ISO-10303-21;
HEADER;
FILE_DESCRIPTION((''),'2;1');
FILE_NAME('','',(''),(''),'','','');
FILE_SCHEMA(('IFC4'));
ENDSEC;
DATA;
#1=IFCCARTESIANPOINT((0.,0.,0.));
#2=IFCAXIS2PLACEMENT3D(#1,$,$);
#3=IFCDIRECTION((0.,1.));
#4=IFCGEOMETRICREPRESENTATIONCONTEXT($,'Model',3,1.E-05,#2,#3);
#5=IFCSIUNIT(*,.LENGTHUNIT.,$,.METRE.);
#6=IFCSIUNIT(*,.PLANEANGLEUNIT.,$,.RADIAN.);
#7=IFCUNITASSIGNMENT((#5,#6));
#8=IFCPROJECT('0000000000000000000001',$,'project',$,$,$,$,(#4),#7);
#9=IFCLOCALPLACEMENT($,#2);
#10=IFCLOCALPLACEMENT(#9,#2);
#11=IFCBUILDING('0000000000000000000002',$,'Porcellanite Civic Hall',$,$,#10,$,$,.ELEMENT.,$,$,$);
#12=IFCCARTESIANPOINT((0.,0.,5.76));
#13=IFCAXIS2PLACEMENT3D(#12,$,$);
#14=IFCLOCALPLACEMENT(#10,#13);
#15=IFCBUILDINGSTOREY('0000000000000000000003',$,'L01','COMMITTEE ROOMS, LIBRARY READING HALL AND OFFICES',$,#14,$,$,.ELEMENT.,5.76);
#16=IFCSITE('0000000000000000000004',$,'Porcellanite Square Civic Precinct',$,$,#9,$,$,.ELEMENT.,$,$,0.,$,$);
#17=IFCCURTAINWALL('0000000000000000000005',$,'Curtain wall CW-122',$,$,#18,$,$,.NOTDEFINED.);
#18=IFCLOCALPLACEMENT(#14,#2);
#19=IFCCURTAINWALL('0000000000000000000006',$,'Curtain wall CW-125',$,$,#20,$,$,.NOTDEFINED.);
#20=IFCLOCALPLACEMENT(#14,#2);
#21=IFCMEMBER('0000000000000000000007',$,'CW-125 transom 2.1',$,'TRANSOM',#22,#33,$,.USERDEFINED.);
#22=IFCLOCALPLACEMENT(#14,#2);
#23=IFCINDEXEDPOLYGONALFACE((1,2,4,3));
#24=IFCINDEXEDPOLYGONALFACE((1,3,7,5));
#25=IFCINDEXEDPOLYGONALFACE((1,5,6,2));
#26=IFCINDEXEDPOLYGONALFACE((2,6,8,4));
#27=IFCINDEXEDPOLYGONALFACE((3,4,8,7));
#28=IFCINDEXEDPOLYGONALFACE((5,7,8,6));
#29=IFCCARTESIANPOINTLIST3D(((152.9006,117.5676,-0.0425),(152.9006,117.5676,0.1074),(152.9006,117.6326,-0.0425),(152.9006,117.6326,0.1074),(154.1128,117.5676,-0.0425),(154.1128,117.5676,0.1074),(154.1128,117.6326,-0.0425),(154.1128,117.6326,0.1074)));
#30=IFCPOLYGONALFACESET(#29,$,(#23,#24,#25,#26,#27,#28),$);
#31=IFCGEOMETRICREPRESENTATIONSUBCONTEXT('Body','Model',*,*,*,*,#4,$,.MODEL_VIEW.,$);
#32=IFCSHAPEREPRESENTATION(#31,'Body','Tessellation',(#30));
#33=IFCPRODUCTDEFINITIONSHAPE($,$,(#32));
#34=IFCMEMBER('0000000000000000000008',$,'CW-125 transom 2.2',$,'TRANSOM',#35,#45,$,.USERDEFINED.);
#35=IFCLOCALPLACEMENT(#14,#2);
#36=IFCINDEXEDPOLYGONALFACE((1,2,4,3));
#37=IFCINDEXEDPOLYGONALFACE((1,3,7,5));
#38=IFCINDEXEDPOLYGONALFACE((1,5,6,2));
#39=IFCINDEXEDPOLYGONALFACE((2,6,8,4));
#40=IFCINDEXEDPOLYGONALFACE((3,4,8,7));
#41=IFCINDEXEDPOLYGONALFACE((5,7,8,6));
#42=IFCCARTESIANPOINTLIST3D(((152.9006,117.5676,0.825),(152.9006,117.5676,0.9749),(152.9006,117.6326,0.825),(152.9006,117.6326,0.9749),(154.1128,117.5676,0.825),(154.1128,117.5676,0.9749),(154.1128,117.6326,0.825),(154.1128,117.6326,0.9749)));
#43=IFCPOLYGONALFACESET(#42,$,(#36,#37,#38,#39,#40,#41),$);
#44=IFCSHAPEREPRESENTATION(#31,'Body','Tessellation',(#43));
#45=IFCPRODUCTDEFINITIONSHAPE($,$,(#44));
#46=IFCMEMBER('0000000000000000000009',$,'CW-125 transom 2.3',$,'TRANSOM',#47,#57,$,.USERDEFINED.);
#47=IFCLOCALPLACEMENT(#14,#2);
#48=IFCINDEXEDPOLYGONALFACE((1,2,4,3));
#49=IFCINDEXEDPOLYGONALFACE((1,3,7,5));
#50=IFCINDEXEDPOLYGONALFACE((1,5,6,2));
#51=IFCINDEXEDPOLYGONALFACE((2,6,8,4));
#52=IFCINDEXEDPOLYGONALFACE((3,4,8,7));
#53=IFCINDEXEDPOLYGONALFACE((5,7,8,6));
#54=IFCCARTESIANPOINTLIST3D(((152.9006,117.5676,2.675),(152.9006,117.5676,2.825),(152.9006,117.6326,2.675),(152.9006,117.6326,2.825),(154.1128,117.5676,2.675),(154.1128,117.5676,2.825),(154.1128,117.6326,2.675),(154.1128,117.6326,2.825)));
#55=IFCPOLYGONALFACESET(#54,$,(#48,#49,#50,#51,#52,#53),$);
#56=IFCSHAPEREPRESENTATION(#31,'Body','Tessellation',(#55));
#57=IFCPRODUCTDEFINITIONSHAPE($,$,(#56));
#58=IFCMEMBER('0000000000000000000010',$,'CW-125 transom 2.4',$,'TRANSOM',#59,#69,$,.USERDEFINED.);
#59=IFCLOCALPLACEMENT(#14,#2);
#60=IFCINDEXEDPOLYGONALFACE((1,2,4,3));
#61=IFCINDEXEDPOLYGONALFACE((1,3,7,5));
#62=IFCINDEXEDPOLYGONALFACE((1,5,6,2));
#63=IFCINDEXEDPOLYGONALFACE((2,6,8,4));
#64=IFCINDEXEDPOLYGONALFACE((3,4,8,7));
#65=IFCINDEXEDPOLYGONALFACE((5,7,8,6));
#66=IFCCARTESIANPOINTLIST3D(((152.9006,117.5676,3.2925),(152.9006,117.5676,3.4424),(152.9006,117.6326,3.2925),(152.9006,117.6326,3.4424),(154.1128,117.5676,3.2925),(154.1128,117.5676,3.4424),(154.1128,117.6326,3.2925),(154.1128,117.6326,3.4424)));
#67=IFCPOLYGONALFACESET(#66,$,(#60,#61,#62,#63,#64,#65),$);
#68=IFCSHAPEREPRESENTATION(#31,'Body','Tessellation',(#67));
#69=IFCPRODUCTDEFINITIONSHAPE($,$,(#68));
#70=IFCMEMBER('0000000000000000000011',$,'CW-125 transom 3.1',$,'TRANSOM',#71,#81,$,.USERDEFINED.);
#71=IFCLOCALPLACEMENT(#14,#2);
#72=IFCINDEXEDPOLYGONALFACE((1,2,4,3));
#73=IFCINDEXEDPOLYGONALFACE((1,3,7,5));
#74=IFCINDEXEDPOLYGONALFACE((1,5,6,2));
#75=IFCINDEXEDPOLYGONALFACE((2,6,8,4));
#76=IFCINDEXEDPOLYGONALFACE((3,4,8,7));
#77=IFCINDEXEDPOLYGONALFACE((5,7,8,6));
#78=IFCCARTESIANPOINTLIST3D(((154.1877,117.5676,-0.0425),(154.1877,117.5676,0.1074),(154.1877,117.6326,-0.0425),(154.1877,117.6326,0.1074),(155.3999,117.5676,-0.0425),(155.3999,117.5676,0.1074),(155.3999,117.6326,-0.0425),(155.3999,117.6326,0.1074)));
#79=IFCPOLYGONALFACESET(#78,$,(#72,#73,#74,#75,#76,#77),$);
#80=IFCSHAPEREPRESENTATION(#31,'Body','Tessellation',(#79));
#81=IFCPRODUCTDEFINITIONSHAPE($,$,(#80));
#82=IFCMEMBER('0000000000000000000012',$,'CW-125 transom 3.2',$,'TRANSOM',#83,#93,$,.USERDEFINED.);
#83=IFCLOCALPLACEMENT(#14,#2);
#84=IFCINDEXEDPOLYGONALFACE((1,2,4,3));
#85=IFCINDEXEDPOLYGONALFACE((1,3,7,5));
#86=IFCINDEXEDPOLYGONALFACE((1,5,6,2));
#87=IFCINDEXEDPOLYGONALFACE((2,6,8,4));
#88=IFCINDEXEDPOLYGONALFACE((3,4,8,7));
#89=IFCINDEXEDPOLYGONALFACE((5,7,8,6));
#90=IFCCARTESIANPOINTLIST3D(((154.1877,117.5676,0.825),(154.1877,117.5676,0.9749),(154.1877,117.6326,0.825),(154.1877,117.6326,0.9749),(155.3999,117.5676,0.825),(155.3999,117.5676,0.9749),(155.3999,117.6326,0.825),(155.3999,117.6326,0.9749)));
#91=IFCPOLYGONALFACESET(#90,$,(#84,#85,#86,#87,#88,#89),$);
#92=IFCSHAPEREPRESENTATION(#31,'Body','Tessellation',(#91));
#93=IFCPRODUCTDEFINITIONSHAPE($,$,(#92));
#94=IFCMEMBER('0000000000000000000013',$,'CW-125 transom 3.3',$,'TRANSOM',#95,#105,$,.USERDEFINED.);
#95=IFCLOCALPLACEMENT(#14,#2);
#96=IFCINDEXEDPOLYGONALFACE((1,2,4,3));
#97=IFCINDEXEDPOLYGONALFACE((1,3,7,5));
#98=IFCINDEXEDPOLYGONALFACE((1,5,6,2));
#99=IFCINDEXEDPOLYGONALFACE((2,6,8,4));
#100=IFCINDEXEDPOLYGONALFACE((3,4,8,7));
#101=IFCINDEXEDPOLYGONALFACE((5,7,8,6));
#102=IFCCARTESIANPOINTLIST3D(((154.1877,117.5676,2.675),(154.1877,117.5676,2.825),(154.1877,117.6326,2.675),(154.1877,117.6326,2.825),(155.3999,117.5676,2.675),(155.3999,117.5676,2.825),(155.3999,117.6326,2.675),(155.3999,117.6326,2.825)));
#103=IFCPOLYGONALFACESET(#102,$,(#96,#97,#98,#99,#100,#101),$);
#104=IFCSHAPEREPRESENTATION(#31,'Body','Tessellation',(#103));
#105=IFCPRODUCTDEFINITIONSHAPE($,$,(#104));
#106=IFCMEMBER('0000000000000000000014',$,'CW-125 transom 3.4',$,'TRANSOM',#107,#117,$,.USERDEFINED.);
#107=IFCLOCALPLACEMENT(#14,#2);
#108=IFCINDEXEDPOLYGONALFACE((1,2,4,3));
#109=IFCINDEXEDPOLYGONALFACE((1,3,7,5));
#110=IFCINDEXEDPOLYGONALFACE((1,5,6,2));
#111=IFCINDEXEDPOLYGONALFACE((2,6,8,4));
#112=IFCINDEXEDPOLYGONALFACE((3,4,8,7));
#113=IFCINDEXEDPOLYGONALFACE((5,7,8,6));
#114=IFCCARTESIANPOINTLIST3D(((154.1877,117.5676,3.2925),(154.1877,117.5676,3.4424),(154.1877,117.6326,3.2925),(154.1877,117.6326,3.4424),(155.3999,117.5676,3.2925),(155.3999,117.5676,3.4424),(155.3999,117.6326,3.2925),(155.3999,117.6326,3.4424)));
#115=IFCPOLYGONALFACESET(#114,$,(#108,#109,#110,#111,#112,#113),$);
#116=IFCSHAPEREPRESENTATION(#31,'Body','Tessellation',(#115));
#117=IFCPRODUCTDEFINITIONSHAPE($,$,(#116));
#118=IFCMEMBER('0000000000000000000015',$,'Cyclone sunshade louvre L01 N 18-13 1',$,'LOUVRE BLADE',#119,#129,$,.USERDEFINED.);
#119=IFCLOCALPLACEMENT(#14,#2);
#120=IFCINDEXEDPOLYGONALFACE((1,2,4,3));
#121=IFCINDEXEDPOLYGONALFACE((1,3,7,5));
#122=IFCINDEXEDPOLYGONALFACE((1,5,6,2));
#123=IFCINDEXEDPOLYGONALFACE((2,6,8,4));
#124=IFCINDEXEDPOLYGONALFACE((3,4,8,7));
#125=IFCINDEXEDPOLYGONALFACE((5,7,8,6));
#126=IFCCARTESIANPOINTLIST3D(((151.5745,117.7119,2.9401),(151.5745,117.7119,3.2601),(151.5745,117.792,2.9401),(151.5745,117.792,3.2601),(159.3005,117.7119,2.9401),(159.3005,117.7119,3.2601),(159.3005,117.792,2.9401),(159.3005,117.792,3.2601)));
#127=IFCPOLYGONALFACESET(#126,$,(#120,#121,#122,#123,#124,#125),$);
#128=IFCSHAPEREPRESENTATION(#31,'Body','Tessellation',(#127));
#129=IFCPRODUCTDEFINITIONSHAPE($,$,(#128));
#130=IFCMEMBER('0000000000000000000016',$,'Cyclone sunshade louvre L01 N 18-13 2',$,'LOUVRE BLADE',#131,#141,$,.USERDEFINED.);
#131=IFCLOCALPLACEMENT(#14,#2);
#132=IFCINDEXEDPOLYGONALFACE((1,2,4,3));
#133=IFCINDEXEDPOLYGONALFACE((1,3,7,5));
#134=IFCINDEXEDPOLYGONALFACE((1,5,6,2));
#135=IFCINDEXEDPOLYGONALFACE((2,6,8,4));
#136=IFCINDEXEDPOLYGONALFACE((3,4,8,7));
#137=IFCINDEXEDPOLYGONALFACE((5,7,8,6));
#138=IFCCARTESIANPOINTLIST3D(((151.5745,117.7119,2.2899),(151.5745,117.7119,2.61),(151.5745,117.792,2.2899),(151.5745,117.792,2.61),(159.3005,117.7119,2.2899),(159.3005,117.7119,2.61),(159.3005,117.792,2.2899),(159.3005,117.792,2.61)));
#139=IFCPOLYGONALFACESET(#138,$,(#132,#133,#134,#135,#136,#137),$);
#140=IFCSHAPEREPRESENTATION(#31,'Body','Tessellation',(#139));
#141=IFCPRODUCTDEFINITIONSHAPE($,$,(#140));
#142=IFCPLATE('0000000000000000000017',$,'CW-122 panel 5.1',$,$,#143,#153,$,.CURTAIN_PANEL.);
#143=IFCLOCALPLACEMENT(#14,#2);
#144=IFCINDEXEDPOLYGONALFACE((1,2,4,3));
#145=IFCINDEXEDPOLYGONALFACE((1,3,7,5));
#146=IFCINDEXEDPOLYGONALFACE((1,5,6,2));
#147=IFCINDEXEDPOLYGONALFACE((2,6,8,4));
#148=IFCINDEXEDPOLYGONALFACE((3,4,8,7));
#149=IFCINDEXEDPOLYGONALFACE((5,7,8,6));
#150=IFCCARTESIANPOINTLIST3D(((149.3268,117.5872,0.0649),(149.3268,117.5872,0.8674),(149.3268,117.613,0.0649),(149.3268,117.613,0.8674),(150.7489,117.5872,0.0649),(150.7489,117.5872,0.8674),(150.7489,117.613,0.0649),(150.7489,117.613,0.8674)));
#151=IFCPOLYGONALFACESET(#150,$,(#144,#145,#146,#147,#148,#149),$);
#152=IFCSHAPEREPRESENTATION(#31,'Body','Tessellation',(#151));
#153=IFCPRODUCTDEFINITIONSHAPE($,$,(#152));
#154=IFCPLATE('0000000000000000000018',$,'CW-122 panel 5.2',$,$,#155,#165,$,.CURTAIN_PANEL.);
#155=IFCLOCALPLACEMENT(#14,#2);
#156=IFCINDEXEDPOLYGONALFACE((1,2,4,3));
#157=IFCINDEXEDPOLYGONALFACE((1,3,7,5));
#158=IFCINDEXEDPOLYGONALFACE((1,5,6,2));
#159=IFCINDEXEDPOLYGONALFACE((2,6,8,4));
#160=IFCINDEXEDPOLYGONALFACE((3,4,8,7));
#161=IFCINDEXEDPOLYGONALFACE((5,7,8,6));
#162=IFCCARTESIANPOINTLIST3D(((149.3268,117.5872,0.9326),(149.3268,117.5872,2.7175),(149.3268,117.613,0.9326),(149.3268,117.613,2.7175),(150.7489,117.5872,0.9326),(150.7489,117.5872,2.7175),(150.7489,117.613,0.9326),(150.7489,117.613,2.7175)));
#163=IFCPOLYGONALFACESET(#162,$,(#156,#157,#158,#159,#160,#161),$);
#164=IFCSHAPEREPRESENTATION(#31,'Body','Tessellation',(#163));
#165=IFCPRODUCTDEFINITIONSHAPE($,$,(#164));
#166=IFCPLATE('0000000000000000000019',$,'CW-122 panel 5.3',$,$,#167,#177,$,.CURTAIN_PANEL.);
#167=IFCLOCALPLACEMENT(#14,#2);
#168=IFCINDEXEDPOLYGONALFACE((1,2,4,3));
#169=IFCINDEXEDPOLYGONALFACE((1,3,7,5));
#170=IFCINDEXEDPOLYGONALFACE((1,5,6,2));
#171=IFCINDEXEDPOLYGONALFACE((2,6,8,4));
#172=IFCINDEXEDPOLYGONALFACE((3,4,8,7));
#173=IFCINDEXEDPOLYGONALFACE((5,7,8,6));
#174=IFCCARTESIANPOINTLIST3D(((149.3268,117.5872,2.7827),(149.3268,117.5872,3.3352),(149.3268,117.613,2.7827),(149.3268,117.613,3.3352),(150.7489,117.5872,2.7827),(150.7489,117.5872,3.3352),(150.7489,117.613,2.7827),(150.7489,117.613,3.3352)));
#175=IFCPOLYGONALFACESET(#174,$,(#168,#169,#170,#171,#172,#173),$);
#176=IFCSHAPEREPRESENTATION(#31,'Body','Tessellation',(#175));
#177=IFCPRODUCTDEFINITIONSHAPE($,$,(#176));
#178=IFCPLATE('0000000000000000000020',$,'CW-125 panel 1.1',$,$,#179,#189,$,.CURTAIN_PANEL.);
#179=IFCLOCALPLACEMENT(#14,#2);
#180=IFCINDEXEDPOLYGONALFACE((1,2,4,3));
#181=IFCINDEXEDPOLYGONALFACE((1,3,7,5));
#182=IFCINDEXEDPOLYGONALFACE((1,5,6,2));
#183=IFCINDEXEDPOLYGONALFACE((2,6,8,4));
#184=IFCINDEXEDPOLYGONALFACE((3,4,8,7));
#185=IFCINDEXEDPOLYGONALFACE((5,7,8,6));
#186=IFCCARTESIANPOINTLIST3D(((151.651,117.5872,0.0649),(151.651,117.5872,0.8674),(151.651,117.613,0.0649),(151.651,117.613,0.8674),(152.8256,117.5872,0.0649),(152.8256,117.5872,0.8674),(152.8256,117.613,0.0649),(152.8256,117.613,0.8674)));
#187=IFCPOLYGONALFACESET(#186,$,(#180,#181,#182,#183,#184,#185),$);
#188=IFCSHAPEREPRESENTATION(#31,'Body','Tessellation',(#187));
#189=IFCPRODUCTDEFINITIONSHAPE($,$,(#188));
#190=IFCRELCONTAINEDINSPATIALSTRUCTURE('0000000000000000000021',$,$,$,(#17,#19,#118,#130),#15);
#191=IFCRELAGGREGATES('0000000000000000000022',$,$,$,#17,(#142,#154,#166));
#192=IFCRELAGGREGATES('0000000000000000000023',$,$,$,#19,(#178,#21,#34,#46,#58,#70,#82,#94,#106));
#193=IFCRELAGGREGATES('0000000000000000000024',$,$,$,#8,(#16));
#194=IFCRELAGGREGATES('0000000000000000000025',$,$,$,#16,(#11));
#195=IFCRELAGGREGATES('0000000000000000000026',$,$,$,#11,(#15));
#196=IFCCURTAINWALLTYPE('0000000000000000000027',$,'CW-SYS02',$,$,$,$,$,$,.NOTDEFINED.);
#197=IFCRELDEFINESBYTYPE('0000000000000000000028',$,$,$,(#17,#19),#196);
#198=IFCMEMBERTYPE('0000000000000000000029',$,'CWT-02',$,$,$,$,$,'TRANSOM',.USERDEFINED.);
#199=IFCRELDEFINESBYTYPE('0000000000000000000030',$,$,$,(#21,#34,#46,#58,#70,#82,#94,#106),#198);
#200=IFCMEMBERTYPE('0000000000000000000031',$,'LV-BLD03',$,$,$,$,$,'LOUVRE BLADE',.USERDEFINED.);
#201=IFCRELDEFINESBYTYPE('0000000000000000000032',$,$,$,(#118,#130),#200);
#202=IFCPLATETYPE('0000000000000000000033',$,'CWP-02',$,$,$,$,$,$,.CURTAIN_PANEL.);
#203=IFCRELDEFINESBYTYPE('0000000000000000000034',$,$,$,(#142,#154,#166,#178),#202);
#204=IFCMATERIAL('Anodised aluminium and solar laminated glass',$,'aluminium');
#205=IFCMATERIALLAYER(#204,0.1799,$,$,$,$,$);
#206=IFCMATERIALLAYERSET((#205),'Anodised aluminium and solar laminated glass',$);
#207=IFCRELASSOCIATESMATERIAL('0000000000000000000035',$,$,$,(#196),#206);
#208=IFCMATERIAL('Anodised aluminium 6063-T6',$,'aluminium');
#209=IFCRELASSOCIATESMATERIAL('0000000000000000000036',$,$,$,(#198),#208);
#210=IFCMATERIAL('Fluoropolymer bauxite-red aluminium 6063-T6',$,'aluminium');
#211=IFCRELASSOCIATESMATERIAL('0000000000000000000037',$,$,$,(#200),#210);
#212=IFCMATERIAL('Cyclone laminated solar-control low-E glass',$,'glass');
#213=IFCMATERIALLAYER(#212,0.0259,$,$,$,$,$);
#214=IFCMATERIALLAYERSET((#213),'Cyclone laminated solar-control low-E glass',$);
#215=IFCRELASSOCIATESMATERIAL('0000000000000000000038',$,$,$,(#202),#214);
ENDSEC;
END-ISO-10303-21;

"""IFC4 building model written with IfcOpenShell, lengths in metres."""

from ifc_helpers import new_model, si_unit, direction, frame, origin, origin_2d, place, context, subcontext, project, spatial, rectangle, extrude, material, layer, layer_set, material_profile, profile_set, type_object, element, aggregate, save


model = new_model("IFC4")

# Units and contexts
model_context = context("Model", 3, precision=1e-05, world=origin(), true_north=direction((0.0, 1.0)))
body_context = subcontext(model_context, "Body", "Model", "MODEL_VIEW")
ifc_project = project(units=[si_unit("LENGTHUNIT", "METRE"), si_unit("PLANEANGLEUNIT", "RADIAN")], contexts=[model_context])

# Site, building, storey
site_placement = place(None, origin())
site = spatial("IfcSite", under=ifc_project, at=site_placement, Name="Porcellanite Square Civic Precinct", CompositionType="ELEMENT", RefElevation=0.0)
building_placement = place(site_placement, origin())
building = spatial("IfcBuilding", under=site, at=building_placement, Name="Porcellanite Civic Hall", CompositionType="ELEMENT")
storey_placement = place(building_placement, frame((0.0, 0.0, 5.76)))
storey = spatial("IfcBuildingStorey", under=building, at=storey_placement, Name="L01", Description="COMMITTEE ROOMS, LIBRARY READING HALL AND OFFICES", CompositionType="ELEMENT", Elevation=5.76)

# Curtain wall
ifc_material_1 = material(Name="Anodised aluminium and solar laminated glass", Category="aluminium")
ifc_layer_1 = layer(ifc_material_1, 0.1799)
ifc_layer_set_1 = layer_set([ifc_layer_1], Name="Anodised aluminium and solar laminated glass")
curtain_wall_type = type_object("IfcCurtainWallType", Name="CW-SYS02", PredefinedType="NOTDEFINED", material=ifc_layer_set_1)
curtain_wall_1_placement = place(storey_placement, origin())
curtain_wall_1 = element("IfcCurtainWall", 1, at=curtain_wall_1_placement, inside=storey, type_object=curtain_wall_type, Name="Curtain wall CW-122", PredefinedType="NOTDEFINED")

# Curtain wall
curtain_wall_2_placement = place(storey_placement, origin())
curtain_wall_2 = element("IfcCurtainWall", 2, at=curtain_wall_2_placement, inside=storey, type_object=curtain_wall_type, Name="Curtain wall CW-125", PredefinedType="NOTDEFINED")

# Members
ifc_material_2 = material(Name="Anodised aluminium 6063-T6", Category="aluminium")
ifc_material_profile_1 = material_profile(ifc_material_2, rectangle(XDim=0.0649, YDim=0.1499, at=origin_2d()), Name="AL-65x150")
ifc_profile_set_1 = profile_set([ifc_material_profile_1], Name="Anodised aluminium 6063-T6")
member_type_1 = type_object("IfcMemberType", Name="CWT-02", ElementType="TRANSOM", PredefinedType="USERDEFINED", material=ifc_profile_set_1)
member_1_placement = place(storey_placement, frame((152.9006, 117.6001, 0.0325), z_axis=(1.0, 0.0, 0.0), x_axis=(0.0, 1.0, 0.0)))
member_1 = element("IfcMember", 3, at=member_1_placement, type_object=member_type_1, Name="CW-125 transom 2.1", ObjectType="TRANSOM", PredefinedType="USERDEFINED", context=body_context, shape_type="SweptSolid", body=[
    extrude(rectangle(XDim=0.0649, YDim=0.1499, at=origin_2d()), origin(), (0.0, 0.0, 1.0), 1.2122),
])
member_2_placement = place(storey_placement, frame((152.9006, 117.6001, 0.8999), z_axis=(1.0, 0.0, 0.0), x_axis=(0.0, 1.0, 0.0)))
member_2 = element("IfcMember", 4, at=member_2_placement, type_object=member_type_1, Name="CW-125 transom 2.2", ObjectType="TRANSOM", PredefinedType="USERDEFINED", context=body_context, shape_type="SweptSolid", body=[
    extrude(rectangle(XDim=0.0649, YDim=0.1499, at=origin_2d()), origin(), (0.0, 0.0, 1.0), 1.2122),
])
member_3_placement = place(storey_placement, frame((152.9006, 117.6001, 2.75), z_axis=(1.0, 0.0, 0.0), x_axis=(0.0, 1.0, 0.0)))
member_3 = element("IfcMember", 5, at=member_3_placement, type_object=member_type_1, Name="CW-125 transom 2.3", ObjectType="TRANSOM", PredefinedType="USERDEFINED", context=body_context, shape_type="SweptSolid", body=[
    extrude(rectangle(XDim=0.0649, YDim=0.1499, at=origin_2d()), origin(), (0.0, 0.0, 1.0), 1.2122),
])
member_4_placement = place(storey_placement, frame((152.9006, 117.6001, 3.3674), z_axis=(1.0, 0.0, 0.0), x_axis=(0.0, 1.0, 0.0)))
member_4 = element("IfcMember", 6, at=member_4_placement, type_object=member_type_1, Name="CW-125 transom 2.4", ObjectType="TRANSOM", PredefinedType="USERDEFINED", context=body_context, shape_type="SweptSolid", body=[
    extrude(rectangle(XDim=0.0649, YDim=0.1499, at=origin_2d()), origin(), (0.0, 0.0, 1.0), 1.2122),
])
member_5_placement = place(storey_placement, frame((154.1877, 117.6001, 0.0325), z_axis=(1.0, 0.0, 0.0), x_axis=(0.0, 1.0, 0.0)))
member_5 = element("IfcMember", 7, at=member_5_placement, type_object=member_type_1, Name="CW-125 transom 3.1", ObjectType="TRANSOM", PredefinedType="USERDEFINED", context=body_context, shape_type="SweptSolid", body=[
    extrude(rectangle(XDim=0.0649, YDim=0.1499, at=origin_2d()), origin(), (0.0, 0.0, 1.0), 1.2122),
])
member_6_placement = place(storey_placement, frame((154.1877, 117.6001, 0.8999), z_axis=(1.0, 0.0, 0.0), x_axis=(0.0, 1.0, 0.0)))
member_6 = element("IfcMember", 8, at=member_6_placement, type_object=member_type_1, Name="CW-125 transom 3.2", ObjectType="TRANSOM", PredefinedType="USERDEFINED", context=body_context, shape_type="SweptSolid", body=[
    extrude(rectangle(XDim=0.0649, YDim=0.1499, at=origin_2d()), origin(), (0.0, 0.0, 1.0), 1.2122),
])
member_7_placement = place(storey_placement, frame((154.1877, 117.6001, 2.75), z_axis=(1.0, 0.0, 0.0), x_axis=(0.0, 1.0, 0.0)))
member_7 = element("IfcMember", 9, at=member_7_placement, type_object=member_type_1, Name="CW-125 transom 3.3", ObjectType="TRANSOM", PredefinedType="USERDEFINED", context=body_context, shape_type="SweptSolid", body=[
    extrude(rectangle(XDim=0.0649, YDim=0.1499, at=origin_2d()), origin(), (0.0, 0.0, 1.0), 1.2122),
])
member_8_placement = place(storey_placement, frame((154.1877, 117.6001, 3.3674), z_axis=(1.0, 0.0, 0.0), x_axis=(0.0, 1.0, 0.0)))
member_8 = element("IfcMember", 10, at=member_8_placement, type_object=member_type_1, Name="CW-125 transom 3.4", ObjectType="TRANSOM", PredefinedType="USERDEFINED", context=body_context, shape_type="SweptSolid", body=[
    extrude(rectangle(XDim=0.0649, YDim=0.1499, at=origin_2d()), origin(), (0.0, 0.0, 1.0), 1.2122),
])

# Members
ifc_material_3 = material(Name="Fluoropolymer bauxite-red aluminium 6063-T6", Category="aluminium")
ifc_material_profile_2 = material_profile(ifc_material_3, rectangle(XDim=0.0801, YDim=0.3201, at=origin_2d()), Name="AL-80x320")
ifc_profile_set_2 = profile_set([ifc_material_profile_2], Name="Fluoropolymer bauxite-red aluminium 6063-T6")
member_type_2 = type_object("IfcMemberType", Name="LV-BLD03", ElementType="LOUVRE BLADE", PredefinedType="USERDEFINED", material=ifc_profile_set_2)
for number, where, z_axis, x_axis, name in (
    (11, (151.5745, 117.752, 3.1001), (1.0, 0.0, 0.0), (0.0, 1.0, 0.0), "Cyclone sunshade louvre L01 N 18-13 1"),
    (12, (151.5745, 117.752, 2.45), (1.0, 0.0, 0.0), (0.0, 1.0, 0.0), "Cyclone sunshade louvre L01 N 18-13 2"),
):
    element("IfcMember", number, at=place(storey_placement, frame(where, z_axis=z_axis, x_axis=x_axis)), inside=storey, type_object=member_type_2, Name=name, ObjectType="LOUVRE BLADE", PredefinedType="USERDEFINED", context=body_context, shape_type="SweptSolid", body=[
        extrude(rectangle(XDim=0.0801, YDim=0.3201, at=origin_2d()), origin(), (0.0, 0.0, 1.0), 7.7261),
    ])

# Plates
ifc_material_4 = material(Name="Cyclone laminated solar-control low-E glass", Category="glass")
ifc_layer_2 = layer(ifc_material_4, 0.0259)
ifc_layer_set_2 = layer_set([ifc_layer_2], Name="Cyclone laminated solar-control low-E glass")
plate_type = type_object("IfcPlateType", Name="CWP-02", PredefinedType="CURTAIN_PANEL", material=ifc_layer_set_2)
plate_1_placement = place(storey_placement, frame((150.0378, 117.6001, 0.0649), z_axis=(0.0, 0.0, 1.0), x_axis=(1.0, 0.0, 0.0)))
plate_1 = element("IfcPlate", 13, at=plate_1_placement, type_object=plate_type, Name="CW-122 panel 5.1", PredefinedType="CURTAIN_PANEL", context=body_context, shape_type="SweptSolid", body=[
    extrude(rectangle(XDim=1.4221, YDim=0.0259, at=origin_2d()), origin(), (0.0, 0.0, 1.0), 0.8025),
])
plate_2_placement = place(storey_placement, frame((150.0378, 117.6001, 0.9326), z_axis=(0.0, 0.0, 1.0), x_axis=(1.0, 0.0, 0.0)))
plate_2 = element("IfcPlate", 14, at=plate_2_placement, type_object=plate_type, Name="CW-122 panel 5.2", PredefinedType="CURTAIN_PANEL", context=body_context, shape_type="SweptSolid", body=[
    extrude(rectangle(XDim=1.4221, YDim=0.0259, at=origin_2d()), origin(), (0.0, 0.0, 1.0), 1.7849),
])
plate_3_placement = place(storey_placement, frame((150.0378, 117.6001, 2.7827), z_axis=(0.0, 0.0, 1.0), x_axis=(1.0, 0.0, 0.0)))
plate_3 = element("IfcPlate", 15, at=plate_3_placement, type_object=plate_type, Name="CW-122 panel 5.3", PredefinedType="CURTAIN_PANEL", context=body_context, shape_type="SweptSolid", body=[
    extrude(rectangle(XDim=1.4221, YDim=0.0259, at=origin_2d()), origin(), (0.0, 0.0, 1.0), 0.5525),
])
aggregate(curtain_wall_1, [plate_1, plate_2, plate_3])
plate_4_placement = place(storey_placement, frame((152.2383, 117.6001, 0.0649), z_axis=(0.0, 0.0, 1.0), x_axis=(1.0, 0.0, 0.0)))
plate_4 = element("IfcPlate", 16, at=plate_4_placement, type_object=plate_type, Name="CW-125 panel 1.1", PredefinedType="CURTAIN_PANEL", context=body_context, shape_type="SweptSolid", body=[
    extrude(rectangle(XDim=1.1746, YDim=0.0259, at=origin_2d()), origin(), (0.0, 0.0, 1.0), 0.8025),
])
aggregate(curtain_wall_2, [plate_4, member_1, member_2, member_3, member_4, member_5, member_6, member_7, member_8])

save(model, "model.ifc")
